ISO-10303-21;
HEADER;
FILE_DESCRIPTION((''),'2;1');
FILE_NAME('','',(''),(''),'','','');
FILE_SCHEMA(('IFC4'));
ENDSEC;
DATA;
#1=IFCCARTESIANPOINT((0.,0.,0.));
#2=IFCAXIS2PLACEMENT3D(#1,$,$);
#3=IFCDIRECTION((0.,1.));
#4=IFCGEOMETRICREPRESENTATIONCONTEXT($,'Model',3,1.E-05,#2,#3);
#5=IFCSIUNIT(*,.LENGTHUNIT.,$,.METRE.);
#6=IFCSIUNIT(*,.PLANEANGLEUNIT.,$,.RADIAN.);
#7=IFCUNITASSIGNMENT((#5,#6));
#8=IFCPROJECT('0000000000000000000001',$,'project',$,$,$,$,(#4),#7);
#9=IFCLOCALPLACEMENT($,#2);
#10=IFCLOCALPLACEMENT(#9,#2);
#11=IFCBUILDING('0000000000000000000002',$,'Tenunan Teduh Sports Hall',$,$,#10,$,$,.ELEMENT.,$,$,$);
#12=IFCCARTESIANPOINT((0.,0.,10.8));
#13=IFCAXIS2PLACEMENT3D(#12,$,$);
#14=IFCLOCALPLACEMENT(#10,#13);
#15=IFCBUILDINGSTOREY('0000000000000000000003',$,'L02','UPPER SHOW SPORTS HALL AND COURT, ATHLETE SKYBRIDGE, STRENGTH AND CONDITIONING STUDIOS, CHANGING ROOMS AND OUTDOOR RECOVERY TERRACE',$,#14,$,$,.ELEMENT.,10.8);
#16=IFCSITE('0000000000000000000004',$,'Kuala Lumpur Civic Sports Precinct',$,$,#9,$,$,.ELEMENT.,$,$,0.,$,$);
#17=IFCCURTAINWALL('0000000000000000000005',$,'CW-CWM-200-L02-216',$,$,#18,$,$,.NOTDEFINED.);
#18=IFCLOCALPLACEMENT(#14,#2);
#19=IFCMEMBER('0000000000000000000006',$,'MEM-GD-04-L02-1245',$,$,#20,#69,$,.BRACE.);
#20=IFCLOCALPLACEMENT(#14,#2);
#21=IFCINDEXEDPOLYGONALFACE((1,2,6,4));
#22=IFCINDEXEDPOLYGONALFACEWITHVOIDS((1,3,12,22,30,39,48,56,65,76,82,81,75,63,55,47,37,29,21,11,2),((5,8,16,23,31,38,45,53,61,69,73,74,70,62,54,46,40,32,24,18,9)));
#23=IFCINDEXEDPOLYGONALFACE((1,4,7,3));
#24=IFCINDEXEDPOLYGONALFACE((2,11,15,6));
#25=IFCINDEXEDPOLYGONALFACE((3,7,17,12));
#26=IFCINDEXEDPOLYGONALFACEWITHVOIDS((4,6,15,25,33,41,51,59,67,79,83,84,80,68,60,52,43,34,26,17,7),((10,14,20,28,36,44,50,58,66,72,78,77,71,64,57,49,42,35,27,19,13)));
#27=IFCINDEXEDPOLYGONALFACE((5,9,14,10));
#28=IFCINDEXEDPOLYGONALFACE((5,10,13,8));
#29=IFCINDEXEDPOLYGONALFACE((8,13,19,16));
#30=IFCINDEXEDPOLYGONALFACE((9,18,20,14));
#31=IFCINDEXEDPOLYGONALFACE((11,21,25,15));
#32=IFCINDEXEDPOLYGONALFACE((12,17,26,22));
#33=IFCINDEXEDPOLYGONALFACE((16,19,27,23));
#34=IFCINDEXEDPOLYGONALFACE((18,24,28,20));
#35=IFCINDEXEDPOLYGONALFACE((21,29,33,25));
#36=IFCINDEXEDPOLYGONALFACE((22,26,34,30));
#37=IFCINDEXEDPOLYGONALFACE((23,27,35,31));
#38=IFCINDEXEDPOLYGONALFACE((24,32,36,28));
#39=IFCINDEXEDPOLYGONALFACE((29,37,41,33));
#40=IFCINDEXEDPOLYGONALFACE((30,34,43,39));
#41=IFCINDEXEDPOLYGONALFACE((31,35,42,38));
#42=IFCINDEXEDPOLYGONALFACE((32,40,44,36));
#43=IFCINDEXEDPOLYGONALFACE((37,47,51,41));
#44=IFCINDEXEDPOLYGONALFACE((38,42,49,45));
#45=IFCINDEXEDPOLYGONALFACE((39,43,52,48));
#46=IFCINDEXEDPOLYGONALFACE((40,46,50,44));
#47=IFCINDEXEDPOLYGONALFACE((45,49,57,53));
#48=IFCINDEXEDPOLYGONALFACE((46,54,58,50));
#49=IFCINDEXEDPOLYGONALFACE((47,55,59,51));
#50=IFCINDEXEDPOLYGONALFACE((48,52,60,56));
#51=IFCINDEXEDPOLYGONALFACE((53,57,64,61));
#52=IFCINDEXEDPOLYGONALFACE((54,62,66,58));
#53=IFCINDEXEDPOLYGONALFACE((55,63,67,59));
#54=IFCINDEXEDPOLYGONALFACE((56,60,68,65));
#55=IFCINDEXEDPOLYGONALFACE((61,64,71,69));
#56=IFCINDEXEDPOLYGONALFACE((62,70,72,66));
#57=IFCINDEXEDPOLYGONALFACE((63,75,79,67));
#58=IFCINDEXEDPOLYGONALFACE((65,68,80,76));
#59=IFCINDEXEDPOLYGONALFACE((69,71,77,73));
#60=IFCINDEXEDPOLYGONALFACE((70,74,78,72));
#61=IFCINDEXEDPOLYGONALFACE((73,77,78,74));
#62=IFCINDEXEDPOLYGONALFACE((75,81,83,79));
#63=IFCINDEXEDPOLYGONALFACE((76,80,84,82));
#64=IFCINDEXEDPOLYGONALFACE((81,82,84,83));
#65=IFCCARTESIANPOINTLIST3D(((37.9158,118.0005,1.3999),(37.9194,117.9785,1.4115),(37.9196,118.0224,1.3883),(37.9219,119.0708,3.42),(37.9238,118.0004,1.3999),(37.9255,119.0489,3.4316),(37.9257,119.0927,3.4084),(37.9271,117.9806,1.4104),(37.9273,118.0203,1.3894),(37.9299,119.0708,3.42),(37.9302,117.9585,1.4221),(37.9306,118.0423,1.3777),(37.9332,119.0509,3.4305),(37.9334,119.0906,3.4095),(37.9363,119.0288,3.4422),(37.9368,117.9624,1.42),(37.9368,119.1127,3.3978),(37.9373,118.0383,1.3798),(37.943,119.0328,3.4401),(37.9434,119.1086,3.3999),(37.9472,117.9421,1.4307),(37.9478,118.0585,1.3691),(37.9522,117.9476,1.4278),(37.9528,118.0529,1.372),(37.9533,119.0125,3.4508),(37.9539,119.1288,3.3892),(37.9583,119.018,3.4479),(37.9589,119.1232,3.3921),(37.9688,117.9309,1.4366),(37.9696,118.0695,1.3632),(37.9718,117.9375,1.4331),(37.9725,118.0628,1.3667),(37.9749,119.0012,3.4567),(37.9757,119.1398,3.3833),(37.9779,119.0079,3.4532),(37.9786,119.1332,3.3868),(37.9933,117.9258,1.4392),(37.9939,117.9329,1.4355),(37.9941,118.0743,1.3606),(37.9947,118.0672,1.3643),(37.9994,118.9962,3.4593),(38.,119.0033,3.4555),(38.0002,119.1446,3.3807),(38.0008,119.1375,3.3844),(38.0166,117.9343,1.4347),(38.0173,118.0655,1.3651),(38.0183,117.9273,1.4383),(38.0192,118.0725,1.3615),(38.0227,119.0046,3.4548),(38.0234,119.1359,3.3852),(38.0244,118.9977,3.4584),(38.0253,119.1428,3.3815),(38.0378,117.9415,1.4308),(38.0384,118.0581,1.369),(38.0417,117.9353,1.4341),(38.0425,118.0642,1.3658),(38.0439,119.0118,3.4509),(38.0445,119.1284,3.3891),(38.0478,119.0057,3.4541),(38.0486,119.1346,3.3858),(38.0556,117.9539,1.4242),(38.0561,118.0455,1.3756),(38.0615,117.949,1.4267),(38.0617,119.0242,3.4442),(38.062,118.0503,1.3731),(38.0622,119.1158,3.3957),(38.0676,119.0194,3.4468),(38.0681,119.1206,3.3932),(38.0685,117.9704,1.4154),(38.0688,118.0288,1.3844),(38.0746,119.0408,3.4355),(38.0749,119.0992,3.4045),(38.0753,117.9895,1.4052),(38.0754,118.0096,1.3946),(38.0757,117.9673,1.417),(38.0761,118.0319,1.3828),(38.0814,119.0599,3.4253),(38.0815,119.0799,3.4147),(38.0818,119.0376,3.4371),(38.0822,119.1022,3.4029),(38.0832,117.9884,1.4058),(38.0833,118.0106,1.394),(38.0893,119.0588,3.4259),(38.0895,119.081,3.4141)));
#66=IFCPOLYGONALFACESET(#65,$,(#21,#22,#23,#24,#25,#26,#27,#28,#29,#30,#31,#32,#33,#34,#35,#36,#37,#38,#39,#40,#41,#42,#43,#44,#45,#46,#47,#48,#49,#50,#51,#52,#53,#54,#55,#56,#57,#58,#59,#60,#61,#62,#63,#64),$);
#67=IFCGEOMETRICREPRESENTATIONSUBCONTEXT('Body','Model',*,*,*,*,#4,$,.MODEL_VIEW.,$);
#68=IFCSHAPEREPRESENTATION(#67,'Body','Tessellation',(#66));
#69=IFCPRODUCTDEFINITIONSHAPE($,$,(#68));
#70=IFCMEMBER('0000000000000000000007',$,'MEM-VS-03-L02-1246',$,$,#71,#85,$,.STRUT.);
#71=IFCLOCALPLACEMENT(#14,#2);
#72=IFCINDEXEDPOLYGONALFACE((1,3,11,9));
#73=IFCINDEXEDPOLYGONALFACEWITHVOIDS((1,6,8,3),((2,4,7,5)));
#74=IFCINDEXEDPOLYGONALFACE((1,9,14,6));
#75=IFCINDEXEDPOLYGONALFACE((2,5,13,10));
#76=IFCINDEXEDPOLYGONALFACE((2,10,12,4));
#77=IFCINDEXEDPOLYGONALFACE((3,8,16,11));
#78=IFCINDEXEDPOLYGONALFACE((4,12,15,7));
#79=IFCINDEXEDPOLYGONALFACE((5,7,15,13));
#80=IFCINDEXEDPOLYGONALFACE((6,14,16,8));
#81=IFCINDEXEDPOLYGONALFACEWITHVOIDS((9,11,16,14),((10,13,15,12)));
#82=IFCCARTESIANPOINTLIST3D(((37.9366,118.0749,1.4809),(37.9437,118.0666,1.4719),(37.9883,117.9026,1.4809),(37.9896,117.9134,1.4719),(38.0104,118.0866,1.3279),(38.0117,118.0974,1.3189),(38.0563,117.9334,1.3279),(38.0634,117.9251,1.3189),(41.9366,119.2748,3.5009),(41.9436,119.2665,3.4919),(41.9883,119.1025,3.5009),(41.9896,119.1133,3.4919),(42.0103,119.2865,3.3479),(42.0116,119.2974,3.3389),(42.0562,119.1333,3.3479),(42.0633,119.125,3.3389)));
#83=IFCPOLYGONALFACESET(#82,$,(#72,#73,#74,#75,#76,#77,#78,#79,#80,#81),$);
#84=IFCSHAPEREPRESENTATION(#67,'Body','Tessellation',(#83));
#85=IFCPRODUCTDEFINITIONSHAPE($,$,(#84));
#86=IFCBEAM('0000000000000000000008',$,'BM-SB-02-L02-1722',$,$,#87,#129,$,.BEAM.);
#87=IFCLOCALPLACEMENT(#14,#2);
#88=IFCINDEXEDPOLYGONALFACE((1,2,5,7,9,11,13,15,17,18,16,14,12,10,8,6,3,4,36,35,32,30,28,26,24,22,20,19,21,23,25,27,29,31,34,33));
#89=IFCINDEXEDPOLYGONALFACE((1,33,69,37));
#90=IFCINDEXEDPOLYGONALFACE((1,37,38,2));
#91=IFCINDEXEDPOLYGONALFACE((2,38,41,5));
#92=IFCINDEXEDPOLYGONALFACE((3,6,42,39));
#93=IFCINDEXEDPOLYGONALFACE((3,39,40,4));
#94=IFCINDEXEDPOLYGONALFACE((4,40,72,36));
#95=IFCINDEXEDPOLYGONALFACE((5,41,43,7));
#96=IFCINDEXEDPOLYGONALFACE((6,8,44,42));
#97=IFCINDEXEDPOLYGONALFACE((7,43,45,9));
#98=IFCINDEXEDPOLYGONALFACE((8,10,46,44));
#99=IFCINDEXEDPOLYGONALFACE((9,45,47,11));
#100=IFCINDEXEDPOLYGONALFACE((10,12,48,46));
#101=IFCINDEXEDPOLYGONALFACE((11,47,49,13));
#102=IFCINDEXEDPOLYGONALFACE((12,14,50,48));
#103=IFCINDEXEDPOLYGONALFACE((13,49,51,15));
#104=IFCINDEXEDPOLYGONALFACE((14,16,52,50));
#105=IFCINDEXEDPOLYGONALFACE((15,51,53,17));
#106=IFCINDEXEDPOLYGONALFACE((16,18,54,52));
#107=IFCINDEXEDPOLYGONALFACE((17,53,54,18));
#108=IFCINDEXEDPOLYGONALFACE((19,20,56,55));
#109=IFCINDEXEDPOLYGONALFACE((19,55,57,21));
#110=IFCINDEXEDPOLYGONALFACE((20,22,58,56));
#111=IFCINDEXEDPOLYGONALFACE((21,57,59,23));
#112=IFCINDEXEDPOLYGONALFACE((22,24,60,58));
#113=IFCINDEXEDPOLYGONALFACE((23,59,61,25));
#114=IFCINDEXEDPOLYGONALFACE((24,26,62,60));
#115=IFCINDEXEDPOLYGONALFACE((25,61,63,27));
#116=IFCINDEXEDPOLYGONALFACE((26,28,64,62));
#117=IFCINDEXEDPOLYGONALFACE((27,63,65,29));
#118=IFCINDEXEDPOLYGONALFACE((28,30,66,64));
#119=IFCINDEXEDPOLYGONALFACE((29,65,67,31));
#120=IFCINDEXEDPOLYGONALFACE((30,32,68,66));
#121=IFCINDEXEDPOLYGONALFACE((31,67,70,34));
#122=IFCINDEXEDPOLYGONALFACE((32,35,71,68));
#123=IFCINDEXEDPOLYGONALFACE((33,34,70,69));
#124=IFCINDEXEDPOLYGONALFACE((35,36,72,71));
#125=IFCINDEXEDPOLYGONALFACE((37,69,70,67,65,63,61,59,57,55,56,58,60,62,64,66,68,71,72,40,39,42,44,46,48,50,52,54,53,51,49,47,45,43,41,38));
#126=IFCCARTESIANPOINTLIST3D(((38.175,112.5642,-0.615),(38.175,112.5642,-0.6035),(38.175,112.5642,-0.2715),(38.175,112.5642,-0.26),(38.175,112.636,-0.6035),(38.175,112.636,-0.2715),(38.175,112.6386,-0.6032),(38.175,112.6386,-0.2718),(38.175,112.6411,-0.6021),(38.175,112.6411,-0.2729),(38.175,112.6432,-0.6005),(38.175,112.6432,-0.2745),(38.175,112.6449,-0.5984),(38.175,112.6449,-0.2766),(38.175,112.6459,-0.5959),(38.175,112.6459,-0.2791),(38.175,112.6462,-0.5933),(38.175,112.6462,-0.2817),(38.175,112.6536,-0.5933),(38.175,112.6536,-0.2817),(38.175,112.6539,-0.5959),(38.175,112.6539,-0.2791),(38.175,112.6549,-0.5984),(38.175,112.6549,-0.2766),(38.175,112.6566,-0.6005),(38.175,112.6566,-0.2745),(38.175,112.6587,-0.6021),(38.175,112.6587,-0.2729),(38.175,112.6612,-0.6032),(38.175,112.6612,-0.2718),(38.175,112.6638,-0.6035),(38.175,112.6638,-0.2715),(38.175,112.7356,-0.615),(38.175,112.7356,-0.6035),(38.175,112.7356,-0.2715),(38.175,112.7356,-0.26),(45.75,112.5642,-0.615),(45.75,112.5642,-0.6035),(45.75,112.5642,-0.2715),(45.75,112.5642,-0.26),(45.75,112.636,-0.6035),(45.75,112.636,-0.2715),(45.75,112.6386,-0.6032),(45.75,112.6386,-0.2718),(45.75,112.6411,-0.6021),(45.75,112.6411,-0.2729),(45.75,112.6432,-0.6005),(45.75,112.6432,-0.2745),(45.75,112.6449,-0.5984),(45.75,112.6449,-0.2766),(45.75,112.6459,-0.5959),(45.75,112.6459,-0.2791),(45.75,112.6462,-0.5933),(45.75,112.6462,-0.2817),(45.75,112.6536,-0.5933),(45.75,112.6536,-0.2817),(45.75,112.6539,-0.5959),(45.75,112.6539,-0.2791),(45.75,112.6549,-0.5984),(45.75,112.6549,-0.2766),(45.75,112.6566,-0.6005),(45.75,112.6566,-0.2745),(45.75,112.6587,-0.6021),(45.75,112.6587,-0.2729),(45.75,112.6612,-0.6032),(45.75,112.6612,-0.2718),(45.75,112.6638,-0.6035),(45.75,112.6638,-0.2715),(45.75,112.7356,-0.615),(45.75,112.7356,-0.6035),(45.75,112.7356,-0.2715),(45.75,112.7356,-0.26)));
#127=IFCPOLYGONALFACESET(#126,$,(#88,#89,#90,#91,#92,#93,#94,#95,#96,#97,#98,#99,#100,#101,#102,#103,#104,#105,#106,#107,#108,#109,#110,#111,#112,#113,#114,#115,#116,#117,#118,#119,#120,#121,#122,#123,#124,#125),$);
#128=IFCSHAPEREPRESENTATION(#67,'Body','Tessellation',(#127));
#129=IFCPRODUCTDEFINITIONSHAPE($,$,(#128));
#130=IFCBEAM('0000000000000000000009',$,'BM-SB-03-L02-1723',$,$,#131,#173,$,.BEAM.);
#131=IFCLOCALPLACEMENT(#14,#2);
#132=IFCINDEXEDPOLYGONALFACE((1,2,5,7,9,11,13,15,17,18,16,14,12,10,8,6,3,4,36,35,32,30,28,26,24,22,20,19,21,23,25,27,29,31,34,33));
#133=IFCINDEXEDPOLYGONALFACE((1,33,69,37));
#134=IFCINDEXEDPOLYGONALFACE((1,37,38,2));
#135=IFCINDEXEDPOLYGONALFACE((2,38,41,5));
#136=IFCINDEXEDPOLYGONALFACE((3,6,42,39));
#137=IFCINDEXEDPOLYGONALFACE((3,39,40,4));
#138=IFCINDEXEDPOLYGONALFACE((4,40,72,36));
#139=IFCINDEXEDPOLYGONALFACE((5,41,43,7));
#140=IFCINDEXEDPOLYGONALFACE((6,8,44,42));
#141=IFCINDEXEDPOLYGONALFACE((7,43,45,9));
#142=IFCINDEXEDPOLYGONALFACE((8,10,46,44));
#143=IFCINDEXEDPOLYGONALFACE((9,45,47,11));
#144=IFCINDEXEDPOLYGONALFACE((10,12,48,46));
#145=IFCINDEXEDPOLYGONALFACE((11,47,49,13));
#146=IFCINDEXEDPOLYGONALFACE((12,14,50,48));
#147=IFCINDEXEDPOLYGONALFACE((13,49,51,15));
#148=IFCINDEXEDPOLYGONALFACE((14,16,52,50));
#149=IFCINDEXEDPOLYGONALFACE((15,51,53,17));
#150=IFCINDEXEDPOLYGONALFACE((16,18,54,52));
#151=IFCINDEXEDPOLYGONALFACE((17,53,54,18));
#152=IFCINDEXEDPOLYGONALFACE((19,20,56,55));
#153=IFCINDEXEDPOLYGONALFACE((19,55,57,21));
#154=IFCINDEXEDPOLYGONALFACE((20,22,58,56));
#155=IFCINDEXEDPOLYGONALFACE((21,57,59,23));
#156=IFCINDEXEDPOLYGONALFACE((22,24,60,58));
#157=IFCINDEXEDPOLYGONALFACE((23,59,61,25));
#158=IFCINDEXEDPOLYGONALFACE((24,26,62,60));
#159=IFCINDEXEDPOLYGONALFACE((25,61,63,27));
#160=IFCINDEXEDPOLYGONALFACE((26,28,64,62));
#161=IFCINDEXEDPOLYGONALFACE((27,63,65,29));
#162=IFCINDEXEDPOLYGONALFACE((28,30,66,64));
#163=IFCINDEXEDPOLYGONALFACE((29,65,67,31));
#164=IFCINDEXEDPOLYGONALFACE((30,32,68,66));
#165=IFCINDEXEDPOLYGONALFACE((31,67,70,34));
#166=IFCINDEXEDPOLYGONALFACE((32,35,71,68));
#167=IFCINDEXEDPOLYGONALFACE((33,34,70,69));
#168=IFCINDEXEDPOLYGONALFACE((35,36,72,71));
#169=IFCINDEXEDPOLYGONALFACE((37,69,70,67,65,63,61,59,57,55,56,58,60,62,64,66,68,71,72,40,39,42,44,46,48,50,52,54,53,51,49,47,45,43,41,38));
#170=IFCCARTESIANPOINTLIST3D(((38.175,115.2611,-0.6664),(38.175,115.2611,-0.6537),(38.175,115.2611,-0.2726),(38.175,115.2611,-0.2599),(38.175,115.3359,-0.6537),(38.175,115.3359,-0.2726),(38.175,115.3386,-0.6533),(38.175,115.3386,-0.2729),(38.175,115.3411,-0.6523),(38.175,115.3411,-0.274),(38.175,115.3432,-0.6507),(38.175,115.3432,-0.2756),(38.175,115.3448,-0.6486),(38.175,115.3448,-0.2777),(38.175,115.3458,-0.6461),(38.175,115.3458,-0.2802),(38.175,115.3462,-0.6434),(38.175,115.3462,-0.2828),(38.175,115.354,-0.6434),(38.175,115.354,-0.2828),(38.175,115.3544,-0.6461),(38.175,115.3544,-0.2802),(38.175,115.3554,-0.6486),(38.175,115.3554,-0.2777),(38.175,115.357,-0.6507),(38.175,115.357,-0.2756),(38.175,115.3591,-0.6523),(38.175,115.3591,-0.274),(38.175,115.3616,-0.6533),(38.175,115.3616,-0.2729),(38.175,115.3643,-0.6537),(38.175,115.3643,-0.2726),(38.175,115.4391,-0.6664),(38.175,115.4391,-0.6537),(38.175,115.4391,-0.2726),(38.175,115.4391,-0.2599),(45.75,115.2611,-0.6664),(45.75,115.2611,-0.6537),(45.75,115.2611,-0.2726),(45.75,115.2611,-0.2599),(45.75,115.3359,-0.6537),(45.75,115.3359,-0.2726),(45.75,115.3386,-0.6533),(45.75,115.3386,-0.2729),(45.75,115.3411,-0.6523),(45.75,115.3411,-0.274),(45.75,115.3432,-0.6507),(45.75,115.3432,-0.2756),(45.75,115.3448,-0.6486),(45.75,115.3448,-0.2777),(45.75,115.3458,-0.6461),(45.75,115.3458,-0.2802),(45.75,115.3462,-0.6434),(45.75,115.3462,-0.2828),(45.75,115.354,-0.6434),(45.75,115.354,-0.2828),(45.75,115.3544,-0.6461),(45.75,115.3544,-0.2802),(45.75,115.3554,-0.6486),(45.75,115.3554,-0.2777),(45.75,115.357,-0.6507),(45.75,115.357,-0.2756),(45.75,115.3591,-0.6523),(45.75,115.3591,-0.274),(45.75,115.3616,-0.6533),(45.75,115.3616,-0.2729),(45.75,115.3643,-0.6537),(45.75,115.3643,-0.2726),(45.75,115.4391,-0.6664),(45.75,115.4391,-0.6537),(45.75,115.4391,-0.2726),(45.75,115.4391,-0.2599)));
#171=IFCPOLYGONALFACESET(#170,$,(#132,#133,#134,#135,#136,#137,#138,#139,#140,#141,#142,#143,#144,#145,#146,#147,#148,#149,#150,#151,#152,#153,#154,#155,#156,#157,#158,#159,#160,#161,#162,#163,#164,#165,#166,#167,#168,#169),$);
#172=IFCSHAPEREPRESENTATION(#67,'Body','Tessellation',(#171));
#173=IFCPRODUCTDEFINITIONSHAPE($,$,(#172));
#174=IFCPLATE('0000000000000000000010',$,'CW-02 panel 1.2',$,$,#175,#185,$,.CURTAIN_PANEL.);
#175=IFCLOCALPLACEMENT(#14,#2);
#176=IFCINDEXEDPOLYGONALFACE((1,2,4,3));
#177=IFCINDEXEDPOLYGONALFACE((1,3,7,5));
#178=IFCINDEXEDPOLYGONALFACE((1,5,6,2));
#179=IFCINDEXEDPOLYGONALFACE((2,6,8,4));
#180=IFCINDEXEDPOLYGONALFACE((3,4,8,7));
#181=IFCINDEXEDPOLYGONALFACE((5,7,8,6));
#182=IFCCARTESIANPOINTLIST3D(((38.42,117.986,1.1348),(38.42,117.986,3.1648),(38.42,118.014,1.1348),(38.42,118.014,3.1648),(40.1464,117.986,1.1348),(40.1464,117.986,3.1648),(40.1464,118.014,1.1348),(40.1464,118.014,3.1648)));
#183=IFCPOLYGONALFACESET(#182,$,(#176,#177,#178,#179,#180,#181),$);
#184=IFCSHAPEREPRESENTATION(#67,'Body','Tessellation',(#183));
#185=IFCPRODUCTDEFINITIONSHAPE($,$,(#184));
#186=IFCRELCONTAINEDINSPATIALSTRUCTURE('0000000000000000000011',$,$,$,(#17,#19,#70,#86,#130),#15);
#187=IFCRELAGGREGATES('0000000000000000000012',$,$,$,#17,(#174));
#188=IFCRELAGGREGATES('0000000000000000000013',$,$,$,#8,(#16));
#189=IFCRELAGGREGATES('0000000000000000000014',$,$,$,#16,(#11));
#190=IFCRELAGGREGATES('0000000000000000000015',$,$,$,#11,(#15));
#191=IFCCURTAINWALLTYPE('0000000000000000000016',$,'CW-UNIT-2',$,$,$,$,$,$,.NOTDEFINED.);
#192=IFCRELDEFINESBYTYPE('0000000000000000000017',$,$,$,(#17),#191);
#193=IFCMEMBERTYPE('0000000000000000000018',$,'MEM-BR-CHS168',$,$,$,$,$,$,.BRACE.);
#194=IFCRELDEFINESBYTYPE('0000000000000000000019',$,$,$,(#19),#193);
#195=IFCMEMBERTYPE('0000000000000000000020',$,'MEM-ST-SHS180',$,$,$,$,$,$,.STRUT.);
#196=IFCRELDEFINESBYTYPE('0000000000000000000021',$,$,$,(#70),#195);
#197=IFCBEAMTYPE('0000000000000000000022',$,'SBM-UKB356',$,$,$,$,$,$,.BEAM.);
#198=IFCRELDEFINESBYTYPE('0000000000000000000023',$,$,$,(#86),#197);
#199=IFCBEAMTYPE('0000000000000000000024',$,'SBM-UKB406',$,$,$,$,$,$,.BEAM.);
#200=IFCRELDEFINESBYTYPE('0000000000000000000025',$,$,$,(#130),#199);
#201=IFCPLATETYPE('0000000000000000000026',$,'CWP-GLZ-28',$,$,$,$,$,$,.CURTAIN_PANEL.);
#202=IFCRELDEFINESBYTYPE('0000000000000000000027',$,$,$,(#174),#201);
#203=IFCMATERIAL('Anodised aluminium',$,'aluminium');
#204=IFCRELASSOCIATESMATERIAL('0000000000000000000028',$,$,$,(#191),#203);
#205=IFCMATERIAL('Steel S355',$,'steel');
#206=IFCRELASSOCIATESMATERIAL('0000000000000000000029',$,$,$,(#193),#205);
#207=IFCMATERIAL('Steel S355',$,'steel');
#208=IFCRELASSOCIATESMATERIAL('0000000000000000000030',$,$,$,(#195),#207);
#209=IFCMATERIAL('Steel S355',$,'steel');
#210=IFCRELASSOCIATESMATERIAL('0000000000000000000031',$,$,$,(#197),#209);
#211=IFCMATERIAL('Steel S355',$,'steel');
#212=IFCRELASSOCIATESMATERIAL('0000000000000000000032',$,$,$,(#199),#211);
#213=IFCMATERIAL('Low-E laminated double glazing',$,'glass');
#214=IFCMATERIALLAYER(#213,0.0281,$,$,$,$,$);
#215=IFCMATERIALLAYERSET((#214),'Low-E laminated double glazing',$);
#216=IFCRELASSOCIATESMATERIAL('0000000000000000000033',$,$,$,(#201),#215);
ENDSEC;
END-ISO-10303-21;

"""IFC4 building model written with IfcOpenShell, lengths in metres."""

from ifc_helpers import new_model, si_unit, direction, frame, origin, origin_2d, place, context, subcontext, project, spatial, rectangle, hollow_rectangle, hollow_circle, i_section, extrude, material, layer, layer_set, material_profile, profile_set, type_object, element, aggregate, save


model = new_model("IFC4")

# Units and contexts
model_context = context("Model", 3, precision=1e-05, world=origin(), true_north=direction((0.0, 1.0)))
body_context = subcontext(model_context, "Body", "Model", "MODEL_VIEW")
ifc_project = project(units=[si_unit("LENGTHUNIT", "METRE"), si_unit("PLANEANGLEUNIT", "RADIAN")], contexts=[model_context])

# Site, building, storey
site_placement = place(None, origin())
site = spatial("IfcSite", under=ifc_project, at=site_placement, Name="Kuala Lumpur Civic Sports Precinct", CompositionType="ELEMENT", RefElevation=0.0)
building_placement = place(site_placement, origin())
building = spatial("IfcBuilding", under=site, at=building_placement, Name="Tenunan Teduh Sports Hall", CompositionType="ELEMENT")
storey_placement = place(building_placement, frame((0.0, 0.0, 10.8)))
storey = spatial("IfcBuildingStorey", under=building, at=storey_placement, Name="L02", Description="UPPER SHOW SPORTS HALL AND COURT, ATHLETE SKYBRIDGE, STRENGTH AND CONDITIONING STUDIOS, CHANGING ROOMS AND OUTDOOR RECOVERY TERRACE", CompositionType="ELEMENT", Elevation=10.8)

# Curtain wall
ifc_material_1 = material(Name="Anodised aluminium", Category="aluminium")
curtain_wall_type = type_object("IfcCurtainWallType", Name="CW-UNIT-2", PredefinedType="NOTDEFINED", material=ifc_material_1)
curtain_wall_placement = place(storey_placement, origin())
curtain_wall = element("IfcCurtainWall", 1, at=curtain_wall_placement, inside=storey, type_object=curtain_wall_type, Name="CW-CWM-200-L02-216", PredefinedType="NOTDEFINED")

# Members
ifc_material_2 = material(Name="Steel S355", Category="steel")
ifc_material_profile_1 = material_profile(ifc_material_2, hollow_circle(Radius=0.0842, WallThickness=0.0081, at=origin_2d()), Name="CHS 168.3x8.0")
ifc_profile_set_1 = profile_set([ifc_material_profile_1], Name="Steel S355")
member_type_1 = type_object("IfcMemberType", Name="MEM-BR-CHS168", PredefinedType="BRACE", material=ifc_profile_set_1)
member_1_placement = place(storey_placement, frame((38.0, 118.0, 1.3999), z_axis=(0.00267, 0.46819, 0.883624), x_axis=(-0.999984, 0.005702, 0.0)))
element("IfcMember", 2, at=member_1_placement, inside=storey, type_object=member_type_1, Name="MEM-GD-04-L02-1245", PredefinedType="BRACE", context=body_context, shape_type="SweptSolid", body=[
    extrude(hollow_circle(Radius=0.0842, WallThickness=0.0081, at=origin_2d()), origin(), (0.0, 0.0, 1.0), 2.2861),
])
ifc_material_3 = material(Name="Steel S355", Category="steel")
ifc_material_profile_2 = material_profile(ifc_material_3, hollow_rectangle(XDim=0.1799, YDim=0.1799, WallThickness=0.01, at=origin_2d()), Name="SHS 180x180x10.0")
ifc_profile_set_2 = profile_set([ifc_material_profile_2], Name="Steel S355")
member_type_2 = type_object("IfcMemberType", Name="MEM-ST-SHS180", PredefinedType="STRUT", material=ifc_profile_set_2)
member_2_placement = place(storey_placement, frame((38.0, 118.0, 1.3999), z_axis=(0.862254, 0.258666, 0.435442), x_axis=(-0.287337, 0.95783, 0.0)))
element("IfcMember", 3, at=member_2_placement, inside=storey, type_object=member_type_2, Name="MEM-VS-03-L02-1246", PredefinedType="STRUT", context=body_context, shape_type="SweptSolid", body=[
    extrude(hollow_rectangle(XDim=0.1799, YDim=0.1799, WallThickness=0.01, at=origin_2d()), origin(), (0.0, 0.0, 1.0), 4.6389),
])

# Beams
ifc_material_4 = material(Name="Steel S355", Category="steel")
ifc_material_profile_3 = material_profile(ifc_material_4, i_section(OverallWidth=0.1714, OverallDepth=0.355, WebThickness=0.0073, FlangeThickness=0.0115, FilletRadius=0.0103, at=origin_2d()), Name="UKB 356x171x51")
ifc_profile_set_3 = profile_set([ifc_material_profile_3], Name="Steel S355")
beam_type_1 = type_object("IfcBeamType", Name="SBM-UKB356", PredefinedType="BEAM", material=ifc_profile_set_3)
beam_1_placement = place(storey_placement, frame((38.175, 112.6499, -0.4375), z_axis=(1.0, 0.0, 0.0), x_axis=(0.0, 1.0, 0.0)))
element("IfcBeam", 4, at=beam_1_placement, inside=storey, type_object=beam_type_1, Name="BM-SB-02-L02-1722", PredefinedType="BEAM", context=body_context, shape_type="SweptSolid", body=[
    extrude(i_section(OverallWidth=0.1714, OverallDepth=0.355, WebThickness=0.0073, FlangeThickness=0.0115, FilletRadius=0.0103, at=origin_2d()), origin(), (0.0, 0.0, 1.0), 7.575),
])
ifc_material_5 = material(Name="Steel S355", Category="steel")
ifc_material_profile_4 = material_profile(ifc_material_5, i_section(OverallWidth=0.178, OverallDepth=0.4065, WebThickness=0.0078, FlangeThickness=0.0127, FilletRadius=0.0103, at=origin_2d()), Name="UKB 406x178x60")
ifc_profile_set_4 = profile_set([ifc_material_profile_4], Name="Steel S355")
beam_type_2 = type_object("IfcBeamType", Name="SBM-UKB406", PredefinedType="BEAM", material=ifc_profile_set_4)
beam_2_placement = place(storey_placement, frame((38.175, 115.3501, -0.4631), z_axis=(1.0, 0.0, 0.0), x_axis=(0.0, 1.0, 0.0)))
element("IfcBeam", 5, at=beam_2_placement, inside=storey, type_object=beam_type_2, Name="BM-SB-03-L02-1723", PredefinedType="BEAM", context=body_context, shape_type="SweptSolid", body=[
    extrude(i_section(OverallWidth=0.178, OverallDepth=0.4065, WebThickness=0.0078, FlangeThickness=0.0127, FilletRadius=0.0103, at=origin_2d()), origin(), (0.0, 0.0, 1.0), 7.575),
])

# Plate
ifc_material_6 = material(Name="Low-E laminated double glazing", Category="glass")
ifc_layer_1 = layer(ifc_material_6, 0.0281)
ifc_layer_set_1 = layer_set([ifc_layer_1], Name="Low-E laminated double glazing")
plate_type_1 = type_object("IfcPlateType", Name="CWP-GLZ-28", PredefinedType="CURTAIN_PANEL", material=ifc_layer_set_1)
plate_1_placement = place(storey_placement, frame((39.2832, 118.0, 1.1348), z_axis=(0.0, 0.0, 1.0), x_axis=(1.0, 0.0, 0.0)))
plate_1 = element("IfcPlate", 6, at=plate_1_placement, type_object=plate_type_1, Name="CW-02 panel 1.2", PredefinedType="CURTAIN_PANEL", context=body_context, shape_type="SweptSolid", body=[
    extrude(rectangle(XDim=1.7263, YDim=0.0281, at=origin_2d()), origin(), (0.0, 0.0, 1.0), 2.03),
])
aggregate(curtain_wall, [plate_1])

save(model, "model.ifc")
